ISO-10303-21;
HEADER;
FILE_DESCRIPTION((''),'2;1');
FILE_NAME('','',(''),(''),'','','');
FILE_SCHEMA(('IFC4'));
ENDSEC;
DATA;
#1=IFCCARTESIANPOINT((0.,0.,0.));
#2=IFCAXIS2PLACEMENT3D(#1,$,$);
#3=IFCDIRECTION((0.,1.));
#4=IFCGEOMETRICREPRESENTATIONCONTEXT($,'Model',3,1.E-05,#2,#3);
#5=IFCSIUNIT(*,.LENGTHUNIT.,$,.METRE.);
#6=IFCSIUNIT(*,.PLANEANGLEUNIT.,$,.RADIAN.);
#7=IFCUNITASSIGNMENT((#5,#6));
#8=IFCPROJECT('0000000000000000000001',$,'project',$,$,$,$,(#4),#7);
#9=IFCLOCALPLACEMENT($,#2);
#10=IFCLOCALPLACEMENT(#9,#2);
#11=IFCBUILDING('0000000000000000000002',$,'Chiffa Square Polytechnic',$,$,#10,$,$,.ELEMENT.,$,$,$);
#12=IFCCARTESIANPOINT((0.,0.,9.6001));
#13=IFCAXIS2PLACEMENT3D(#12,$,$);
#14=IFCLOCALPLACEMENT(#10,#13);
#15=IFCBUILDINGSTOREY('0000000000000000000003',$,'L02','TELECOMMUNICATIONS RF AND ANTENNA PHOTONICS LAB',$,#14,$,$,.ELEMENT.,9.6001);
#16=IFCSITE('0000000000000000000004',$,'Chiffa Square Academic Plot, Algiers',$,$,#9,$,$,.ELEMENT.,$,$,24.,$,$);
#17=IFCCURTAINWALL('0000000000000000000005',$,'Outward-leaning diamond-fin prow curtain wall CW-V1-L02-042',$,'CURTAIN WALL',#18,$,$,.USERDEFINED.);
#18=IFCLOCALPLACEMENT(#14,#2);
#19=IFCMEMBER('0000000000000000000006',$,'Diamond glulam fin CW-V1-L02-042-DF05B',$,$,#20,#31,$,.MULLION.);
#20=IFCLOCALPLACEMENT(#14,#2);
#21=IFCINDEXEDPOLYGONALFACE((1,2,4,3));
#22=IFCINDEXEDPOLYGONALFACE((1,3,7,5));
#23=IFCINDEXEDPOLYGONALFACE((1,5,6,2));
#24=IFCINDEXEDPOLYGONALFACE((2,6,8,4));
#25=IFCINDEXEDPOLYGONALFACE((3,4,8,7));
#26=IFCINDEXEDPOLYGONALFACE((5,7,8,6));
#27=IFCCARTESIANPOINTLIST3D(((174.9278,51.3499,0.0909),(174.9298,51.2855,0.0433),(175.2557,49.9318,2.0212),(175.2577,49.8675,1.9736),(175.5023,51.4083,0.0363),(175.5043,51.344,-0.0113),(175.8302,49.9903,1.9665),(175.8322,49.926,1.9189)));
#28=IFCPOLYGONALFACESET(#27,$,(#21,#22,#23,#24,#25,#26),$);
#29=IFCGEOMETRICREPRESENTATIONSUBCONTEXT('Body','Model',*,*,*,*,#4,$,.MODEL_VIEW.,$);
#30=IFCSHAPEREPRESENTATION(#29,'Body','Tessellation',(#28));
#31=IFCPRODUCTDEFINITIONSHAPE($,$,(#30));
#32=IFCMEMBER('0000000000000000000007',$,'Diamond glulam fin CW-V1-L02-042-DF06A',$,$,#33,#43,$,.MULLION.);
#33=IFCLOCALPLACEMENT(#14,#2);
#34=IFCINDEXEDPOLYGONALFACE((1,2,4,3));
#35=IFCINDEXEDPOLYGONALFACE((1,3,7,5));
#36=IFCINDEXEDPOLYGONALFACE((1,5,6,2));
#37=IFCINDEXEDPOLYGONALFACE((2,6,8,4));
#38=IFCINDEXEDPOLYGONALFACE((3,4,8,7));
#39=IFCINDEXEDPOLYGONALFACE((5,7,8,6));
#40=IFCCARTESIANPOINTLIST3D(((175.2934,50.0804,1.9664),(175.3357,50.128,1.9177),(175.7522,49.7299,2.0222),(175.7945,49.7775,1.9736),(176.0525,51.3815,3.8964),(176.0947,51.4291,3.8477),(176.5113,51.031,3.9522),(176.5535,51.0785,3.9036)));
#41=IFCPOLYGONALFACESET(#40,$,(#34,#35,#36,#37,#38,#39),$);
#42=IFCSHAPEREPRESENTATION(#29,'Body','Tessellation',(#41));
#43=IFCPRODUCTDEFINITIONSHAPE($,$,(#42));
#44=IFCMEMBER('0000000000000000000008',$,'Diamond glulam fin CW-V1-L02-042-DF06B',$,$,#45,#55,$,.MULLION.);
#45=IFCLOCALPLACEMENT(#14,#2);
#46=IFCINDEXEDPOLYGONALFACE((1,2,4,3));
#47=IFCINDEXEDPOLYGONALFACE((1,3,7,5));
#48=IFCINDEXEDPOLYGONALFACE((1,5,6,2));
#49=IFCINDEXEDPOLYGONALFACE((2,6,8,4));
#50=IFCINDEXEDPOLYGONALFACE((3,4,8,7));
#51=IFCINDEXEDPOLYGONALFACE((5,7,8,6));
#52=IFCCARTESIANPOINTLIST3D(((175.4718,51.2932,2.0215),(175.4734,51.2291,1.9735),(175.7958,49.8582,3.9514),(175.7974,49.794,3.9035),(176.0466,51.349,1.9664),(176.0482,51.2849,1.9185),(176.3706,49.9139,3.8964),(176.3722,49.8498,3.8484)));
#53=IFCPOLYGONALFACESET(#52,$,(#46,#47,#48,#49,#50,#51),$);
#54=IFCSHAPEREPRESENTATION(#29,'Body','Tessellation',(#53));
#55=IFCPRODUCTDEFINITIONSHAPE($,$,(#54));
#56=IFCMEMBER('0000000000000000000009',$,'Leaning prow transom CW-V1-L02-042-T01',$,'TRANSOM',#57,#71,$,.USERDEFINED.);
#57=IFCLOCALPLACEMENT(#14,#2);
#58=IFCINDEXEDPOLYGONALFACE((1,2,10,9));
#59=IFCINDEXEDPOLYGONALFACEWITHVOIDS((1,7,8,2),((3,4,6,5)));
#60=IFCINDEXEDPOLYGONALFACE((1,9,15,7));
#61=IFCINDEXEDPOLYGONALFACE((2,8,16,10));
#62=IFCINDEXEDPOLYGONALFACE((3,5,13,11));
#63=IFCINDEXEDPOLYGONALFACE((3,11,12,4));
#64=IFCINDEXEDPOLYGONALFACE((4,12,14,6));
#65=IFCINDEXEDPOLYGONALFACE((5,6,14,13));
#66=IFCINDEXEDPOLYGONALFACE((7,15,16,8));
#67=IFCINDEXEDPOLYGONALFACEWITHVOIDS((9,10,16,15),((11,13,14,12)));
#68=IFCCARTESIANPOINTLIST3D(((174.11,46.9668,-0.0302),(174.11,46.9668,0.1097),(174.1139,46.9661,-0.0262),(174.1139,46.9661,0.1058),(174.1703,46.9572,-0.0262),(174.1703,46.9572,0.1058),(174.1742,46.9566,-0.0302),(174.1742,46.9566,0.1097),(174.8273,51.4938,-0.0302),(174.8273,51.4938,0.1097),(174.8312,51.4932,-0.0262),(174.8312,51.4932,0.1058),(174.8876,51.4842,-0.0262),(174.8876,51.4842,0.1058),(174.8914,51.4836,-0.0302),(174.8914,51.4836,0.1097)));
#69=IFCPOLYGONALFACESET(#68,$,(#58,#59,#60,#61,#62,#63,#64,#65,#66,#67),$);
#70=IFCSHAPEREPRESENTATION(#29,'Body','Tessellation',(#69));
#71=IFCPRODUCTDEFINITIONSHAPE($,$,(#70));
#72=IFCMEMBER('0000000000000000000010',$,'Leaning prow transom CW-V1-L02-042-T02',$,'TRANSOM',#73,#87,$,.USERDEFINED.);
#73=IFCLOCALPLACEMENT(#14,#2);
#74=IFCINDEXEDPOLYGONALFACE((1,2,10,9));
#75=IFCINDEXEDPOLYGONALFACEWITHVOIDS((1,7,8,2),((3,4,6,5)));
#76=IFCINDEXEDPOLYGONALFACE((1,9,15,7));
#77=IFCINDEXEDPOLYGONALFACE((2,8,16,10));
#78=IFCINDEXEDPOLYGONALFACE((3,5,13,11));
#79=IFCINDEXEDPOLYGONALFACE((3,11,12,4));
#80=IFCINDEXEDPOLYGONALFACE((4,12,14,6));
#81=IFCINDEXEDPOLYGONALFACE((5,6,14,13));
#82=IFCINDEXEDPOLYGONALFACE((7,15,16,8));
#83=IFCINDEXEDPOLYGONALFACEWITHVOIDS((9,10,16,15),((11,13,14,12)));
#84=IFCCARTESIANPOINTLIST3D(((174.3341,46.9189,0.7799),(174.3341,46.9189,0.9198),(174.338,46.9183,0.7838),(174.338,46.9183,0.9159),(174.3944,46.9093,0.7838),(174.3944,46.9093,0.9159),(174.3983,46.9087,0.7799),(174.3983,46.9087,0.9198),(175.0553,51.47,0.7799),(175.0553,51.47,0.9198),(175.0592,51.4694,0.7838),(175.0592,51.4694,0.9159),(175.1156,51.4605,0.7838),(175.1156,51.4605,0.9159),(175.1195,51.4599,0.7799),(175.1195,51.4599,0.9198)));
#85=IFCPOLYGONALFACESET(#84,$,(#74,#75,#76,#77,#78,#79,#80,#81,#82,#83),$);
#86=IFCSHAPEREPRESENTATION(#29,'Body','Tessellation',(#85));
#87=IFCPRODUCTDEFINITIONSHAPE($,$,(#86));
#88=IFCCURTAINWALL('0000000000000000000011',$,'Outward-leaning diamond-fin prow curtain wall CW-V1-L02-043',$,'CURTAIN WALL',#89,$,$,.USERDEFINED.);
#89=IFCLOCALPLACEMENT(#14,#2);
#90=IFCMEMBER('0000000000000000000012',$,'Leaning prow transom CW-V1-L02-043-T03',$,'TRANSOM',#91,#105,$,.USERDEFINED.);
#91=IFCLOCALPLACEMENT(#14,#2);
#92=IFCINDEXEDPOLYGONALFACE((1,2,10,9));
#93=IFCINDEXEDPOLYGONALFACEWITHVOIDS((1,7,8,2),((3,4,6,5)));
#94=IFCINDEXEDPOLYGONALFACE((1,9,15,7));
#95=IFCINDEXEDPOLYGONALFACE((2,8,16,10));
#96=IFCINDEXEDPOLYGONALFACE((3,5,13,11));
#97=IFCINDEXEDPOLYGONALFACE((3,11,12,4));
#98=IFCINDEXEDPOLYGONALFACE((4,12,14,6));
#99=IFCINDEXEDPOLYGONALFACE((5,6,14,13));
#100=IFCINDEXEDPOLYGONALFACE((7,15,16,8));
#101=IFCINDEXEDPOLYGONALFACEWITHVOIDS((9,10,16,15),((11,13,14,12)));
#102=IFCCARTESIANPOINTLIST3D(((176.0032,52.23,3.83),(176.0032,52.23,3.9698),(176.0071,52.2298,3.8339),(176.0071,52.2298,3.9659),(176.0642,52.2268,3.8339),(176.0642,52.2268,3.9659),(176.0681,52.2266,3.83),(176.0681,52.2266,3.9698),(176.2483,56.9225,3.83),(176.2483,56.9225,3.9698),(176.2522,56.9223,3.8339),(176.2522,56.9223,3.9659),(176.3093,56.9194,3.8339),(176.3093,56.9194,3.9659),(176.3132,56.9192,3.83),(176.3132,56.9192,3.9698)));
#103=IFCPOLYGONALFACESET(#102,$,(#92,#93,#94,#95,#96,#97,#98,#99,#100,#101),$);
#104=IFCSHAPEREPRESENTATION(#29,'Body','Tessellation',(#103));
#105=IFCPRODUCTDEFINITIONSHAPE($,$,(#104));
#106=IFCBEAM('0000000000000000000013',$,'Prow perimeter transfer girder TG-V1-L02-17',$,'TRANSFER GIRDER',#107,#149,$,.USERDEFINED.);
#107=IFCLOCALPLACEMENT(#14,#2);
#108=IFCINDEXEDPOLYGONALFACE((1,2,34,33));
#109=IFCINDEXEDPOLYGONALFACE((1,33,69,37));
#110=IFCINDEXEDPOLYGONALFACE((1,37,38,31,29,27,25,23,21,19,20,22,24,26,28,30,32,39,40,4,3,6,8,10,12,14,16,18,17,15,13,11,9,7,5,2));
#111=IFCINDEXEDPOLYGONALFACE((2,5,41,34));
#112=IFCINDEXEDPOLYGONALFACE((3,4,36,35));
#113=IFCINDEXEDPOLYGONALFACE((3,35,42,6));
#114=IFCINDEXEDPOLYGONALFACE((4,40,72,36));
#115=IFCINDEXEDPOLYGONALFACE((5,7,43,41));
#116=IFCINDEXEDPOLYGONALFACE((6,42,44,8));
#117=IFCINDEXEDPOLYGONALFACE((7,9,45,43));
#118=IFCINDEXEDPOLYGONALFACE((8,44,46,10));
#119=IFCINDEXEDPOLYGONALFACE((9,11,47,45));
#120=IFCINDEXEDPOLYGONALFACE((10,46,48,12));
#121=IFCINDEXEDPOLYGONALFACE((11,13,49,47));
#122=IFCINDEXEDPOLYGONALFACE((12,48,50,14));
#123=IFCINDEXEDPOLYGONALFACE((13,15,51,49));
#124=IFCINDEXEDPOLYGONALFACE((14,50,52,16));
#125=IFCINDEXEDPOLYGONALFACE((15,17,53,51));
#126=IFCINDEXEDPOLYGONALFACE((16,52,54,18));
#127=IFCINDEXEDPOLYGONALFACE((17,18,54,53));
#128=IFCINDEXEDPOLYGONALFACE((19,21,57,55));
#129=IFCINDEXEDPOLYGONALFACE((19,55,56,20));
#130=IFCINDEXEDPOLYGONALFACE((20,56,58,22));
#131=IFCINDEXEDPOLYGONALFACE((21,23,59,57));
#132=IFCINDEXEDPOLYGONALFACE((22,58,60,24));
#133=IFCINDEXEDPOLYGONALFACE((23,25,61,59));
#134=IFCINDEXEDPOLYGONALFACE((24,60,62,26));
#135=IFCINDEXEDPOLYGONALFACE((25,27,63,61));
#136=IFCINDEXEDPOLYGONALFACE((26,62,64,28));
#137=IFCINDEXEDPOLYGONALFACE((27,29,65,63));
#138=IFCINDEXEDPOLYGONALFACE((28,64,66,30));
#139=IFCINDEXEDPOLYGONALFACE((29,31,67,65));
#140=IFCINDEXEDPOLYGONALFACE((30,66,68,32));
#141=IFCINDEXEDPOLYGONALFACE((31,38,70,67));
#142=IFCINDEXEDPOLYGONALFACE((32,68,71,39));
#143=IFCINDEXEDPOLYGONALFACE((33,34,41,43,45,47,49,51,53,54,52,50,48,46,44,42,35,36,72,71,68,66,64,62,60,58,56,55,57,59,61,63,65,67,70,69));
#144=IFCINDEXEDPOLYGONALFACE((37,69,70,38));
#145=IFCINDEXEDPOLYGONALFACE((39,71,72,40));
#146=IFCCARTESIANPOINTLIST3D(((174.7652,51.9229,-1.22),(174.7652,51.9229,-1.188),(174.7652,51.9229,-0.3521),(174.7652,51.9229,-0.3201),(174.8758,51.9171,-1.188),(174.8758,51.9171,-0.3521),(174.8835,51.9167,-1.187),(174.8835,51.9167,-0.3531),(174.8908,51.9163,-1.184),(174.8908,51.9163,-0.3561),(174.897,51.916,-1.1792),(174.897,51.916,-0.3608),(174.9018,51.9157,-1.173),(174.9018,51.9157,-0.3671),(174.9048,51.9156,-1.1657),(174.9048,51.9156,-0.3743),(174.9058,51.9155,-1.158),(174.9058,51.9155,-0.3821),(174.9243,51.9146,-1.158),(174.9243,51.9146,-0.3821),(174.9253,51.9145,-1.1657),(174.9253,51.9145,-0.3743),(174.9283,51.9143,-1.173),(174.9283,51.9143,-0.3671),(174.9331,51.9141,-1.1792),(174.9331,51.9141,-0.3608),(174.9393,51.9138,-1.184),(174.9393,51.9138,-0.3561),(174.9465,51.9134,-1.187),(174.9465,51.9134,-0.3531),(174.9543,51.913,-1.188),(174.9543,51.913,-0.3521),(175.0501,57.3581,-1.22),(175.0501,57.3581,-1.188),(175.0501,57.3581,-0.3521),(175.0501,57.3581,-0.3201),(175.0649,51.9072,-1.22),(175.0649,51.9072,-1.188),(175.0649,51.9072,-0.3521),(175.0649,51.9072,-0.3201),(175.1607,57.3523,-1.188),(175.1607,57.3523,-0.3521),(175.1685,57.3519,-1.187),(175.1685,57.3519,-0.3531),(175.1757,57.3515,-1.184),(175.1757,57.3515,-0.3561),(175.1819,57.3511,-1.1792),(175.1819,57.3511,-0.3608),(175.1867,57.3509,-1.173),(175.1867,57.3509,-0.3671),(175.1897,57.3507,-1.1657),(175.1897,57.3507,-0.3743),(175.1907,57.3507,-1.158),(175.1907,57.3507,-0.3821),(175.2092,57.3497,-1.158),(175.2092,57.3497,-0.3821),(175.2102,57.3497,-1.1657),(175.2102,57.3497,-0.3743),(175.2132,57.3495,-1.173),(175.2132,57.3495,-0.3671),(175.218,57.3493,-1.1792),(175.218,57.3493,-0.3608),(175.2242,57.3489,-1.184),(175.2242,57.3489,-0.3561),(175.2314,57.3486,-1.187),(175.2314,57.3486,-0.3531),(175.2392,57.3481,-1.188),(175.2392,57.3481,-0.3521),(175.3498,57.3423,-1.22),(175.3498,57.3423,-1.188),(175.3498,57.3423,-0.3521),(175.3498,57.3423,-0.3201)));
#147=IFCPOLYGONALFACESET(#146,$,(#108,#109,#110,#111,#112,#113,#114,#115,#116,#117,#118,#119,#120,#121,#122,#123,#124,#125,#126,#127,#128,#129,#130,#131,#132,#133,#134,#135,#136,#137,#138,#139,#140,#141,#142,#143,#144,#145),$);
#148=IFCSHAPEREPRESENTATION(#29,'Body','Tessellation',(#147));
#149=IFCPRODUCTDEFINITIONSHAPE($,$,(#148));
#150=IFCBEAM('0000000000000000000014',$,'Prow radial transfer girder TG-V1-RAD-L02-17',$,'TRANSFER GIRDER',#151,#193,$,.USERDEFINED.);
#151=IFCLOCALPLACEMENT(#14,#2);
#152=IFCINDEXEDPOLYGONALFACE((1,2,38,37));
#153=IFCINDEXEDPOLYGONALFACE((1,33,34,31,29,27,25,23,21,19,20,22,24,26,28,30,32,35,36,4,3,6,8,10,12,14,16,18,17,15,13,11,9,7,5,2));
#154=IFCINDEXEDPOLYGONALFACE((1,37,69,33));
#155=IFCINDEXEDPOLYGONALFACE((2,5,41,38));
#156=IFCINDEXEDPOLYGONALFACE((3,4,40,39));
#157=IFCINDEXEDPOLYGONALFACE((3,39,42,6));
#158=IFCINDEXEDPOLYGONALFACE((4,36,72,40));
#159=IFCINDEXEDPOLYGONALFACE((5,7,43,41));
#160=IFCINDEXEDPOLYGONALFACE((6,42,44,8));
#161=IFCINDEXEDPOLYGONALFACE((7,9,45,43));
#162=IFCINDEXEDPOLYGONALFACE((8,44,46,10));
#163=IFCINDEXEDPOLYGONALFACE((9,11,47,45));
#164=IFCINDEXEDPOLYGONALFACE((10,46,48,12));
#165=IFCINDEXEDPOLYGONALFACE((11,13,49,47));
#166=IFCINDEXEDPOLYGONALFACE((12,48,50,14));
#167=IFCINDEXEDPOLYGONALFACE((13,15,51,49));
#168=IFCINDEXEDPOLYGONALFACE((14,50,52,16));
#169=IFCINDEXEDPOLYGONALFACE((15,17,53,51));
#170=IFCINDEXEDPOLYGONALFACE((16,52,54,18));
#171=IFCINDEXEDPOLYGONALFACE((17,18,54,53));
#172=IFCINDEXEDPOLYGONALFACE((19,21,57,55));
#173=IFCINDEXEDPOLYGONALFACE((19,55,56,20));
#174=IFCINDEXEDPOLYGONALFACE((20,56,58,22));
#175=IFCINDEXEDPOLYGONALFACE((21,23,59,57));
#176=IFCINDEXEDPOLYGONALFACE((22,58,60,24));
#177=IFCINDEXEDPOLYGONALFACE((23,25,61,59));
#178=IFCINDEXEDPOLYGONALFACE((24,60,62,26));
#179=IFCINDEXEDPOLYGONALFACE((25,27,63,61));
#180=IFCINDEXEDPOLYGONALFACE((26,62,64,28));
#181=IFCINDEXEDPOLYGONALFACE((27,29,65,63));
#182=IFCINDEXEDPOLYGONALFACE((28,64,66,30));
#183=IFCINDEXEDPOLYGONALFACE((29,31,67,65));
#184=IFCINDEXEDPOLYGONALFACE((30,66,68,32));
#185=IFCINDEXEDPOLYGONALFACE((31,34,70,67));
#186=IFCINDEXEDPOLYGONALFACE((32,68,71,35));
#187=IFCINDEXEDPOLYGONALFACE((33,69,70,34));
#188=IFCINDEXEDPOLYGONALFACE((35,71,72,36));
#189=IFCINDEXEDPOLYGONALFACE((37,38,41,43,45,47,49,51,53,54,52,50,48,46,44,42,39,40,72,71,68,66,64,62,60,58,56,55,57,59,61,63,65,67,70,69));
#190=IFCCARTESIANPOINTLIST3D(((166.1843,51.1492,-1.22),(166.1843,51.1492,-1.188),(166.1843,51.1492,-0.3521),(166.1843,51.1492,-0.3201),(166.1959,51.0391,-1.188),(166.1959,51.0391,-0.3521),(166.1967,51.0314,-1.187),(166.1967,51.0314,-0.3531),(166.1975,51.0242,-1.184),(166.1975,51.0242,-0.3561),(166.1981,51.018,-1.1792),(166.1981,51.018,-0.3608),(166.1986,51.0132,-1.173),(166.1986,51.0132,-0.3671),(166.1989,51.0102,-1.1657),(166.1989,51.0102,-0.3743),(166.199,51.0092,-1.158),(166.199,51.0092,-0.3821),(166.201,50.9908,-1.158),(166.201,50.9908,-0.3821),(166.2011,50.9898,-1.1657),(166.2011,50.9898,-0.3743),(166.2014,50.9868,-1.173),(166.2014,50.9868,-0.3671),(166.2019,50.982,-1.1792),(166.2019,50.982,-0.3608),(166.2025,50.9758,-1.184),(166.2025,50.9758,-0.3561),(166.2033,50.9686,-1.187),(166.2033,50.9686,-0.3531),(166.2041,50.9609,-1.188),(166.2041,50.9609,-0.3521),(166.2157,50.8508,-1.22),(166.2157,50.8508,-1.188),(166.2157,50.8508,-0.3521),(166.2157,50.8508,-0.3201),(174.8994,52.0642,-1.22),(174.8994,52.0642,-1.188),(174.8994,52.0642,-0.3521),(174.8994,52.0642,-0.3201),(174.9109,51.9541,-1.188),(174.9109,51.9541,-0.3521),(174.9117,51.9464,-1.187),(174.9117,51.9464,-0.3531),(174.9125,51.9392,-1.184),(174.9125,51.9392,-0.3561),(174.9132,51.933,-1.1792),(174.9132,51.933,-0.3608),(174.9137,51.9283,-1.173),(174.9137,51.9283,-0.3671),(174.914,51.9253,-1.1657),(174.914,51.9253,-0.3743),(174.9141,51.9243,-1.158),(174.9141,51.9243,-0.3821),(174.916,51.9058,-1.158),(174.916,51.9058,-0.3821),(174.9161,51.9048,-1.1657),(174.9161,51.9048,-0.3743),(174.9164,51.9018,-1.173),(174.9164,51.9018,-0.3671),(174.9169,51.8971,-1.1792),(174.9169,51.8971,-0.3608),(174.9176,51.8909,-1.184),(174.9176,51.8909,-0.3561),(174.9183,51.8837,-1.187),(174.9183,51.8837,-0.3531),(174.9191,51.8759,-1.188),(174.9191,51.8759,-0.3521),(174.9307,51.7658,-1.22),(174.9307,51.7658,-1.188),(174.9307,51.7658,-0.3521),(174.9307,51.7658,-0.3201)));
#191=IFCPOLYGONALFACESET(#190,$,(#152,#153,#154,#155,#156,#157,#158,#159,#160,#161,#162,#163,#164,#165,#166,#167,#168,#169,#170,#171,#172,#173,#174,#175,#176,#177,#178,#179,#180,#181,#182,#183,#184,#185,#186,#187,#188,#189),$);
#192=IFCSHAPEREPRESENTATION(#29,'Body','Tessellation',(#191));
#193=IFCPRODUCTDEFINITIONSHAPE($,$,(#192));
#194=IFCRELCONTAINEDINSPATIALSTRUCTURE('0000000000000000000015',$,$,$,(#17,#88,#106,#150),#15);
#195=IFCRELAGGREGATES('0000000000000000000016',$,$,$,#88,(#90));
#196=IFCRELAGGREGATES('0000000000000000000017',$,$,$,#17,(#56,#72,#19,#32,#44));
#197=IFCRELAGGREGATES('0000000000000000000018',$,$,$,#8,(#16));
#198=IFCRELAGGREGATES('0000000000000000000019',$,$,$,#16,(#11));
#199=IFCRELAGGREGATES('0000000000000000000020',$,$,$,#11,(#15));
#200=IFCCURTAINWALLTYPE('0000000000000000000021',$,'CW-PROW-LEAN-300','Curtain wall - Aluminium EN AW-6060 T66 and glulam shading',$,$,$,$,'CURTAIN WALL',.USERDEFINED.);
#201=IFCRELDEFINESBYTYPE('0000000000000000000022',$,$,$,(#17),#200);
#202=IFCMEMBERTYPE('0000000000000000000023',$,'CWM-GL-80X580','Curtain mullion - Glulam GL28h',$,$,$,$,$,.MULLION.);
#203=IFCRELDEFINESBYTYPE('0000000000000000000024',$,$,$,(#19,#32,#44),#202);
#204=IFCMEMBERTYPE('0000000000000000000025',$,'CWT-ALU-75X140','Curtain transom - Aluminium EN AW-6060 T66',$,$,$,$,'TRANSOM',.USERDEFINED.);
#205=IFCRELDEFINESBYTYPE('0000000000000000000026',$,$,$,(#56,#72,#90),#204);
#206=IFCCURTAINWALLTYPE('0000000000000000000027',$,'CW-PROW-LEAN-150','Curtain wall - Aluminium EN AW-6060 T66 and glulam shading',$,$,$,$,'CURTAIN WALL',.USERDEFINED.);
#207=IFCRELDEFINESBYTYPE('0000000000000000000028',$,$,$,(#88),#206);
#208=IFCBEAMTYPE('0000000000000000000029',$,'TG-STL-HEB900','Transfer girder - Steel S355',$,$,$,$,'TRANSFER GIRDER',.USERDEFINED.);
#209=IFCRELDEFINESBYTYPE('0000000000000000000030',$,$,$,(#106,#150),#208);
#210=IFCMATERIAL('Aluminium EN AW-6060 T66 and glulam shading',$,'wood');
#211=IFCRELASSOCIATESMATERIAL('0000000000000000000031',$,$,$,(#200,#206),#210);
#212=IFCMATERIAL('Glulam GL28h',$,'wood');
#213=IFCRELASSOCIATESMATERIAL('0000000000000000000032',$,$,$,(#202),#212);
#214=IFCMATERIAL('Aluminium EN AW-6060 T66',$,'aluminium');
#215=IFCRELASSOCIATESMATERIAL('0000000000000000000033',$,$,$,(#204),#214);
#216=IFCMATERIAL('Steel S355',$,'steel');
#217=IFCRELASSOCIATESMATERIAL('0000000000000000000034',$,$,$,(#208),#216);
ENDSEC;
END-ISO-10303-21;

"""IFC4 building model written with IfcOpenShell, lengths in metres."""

from ifc_helpers import new_model, si_unit, direction, frame, origin, origin_2d, place, context, subcontext, project, spatial, rectangle, hollow_rectangle, i_section, extrude, material, material_profile, profile_set, type_object, element, aggregate, save


model = new_model("IFC4")

# Units and contexts
model_context = context("Model", 3, precision=1e-05, world=origin(), true_north=direction((0.0, 1.0)))
body_context = subcontext(model_context, "Body", "Model", "MODEL_VIEW")
ifc_project = project(units=[si_unit("LENGTHUNIT", "METRE"), si_unit("PLANEANGLEUNIT", "RADIAN")], contexts=[model_context])

# Site, building, storey
site_placement = place(None, origin())
site = spatial("IfcSite", under=ifc_project, at=site_placement, Name="Chiffa Square Academic Plot, Algiers", CompositionType="ELEMENT", RefElevation=24.0)
building_placement = place(site_placement, origin())
building = spatial("IfcBuilding", under=site, at=building_placement, Name="Chiffa Square Polytechnic", CompositionType="ELEMENT")
storey_placement = place(building_placement, frame((0.0, 0.0, 9.6001)))
storey = spatial("IfcBuildingStorey", under=building, at=storey_placement, Name="L02", Description="TELECOMMUNICATIONS RF AND ANTENNA PHOTONICS LAB", CompositionType="ELEMENT", Elevation=9.6001)

# Curtain wall, members
ifc_material_1 = material(Name="Aluminium EN AW-6060 T66 and glulam shading", Category="wood")
curtain_wall_type_1 = type_object("IfcCurtainWallType", Name="CW-PROW-LEAN-300", Description="Curtain wall - Aluminium EN AW-6060 T66 and glulam shading", ElementType="CURTAIN WALL", PredefinedType="USERDEFINED", material=ifc_material_1)
curtain_wall_1_placement = place(storey_placement, origin())
curtain_wall_1 = element("IfcCurtainWall", 1, at=curtain_wall_1_placement, inside=storey, type_object=curtain_wall_type_1, Name="Outward-leaning diamond-fin prow curtain wall CW-V1-L02-042", ObjectType="CURTAIN WALL", PredefinedType="USERDEFINED")
ifc_material_2 = material(Name="Aluminium EN AW-6060 T66", Category="aluminium")
ifc_material_3 = material(Name="Glulam GL28h", Category="wood")
ifc_material_profile_1 = material_profile(ifc_material_3, rectangle(XDim=0.0801, YDim=0.5801, at=origin_2d()), Name="GL28h 80x580")
ifc_profile_set_1 = profile_set([ifc_material_profile_1], Name="Glulam GL28h")
member_type_1 = type_object("IfcMemberType", Name="CWM-GL-80X580", Description="Curtain mullion - Glulam GL28h", PredefinedType="MULLION", material=ifc_profile_set_1)
member_1_placement = place(storey_placement, frame((175.2161, 51.3469, 0.0398), z_axis=(0.135635, -0.586573, 0.798458), x_axis=(-0.025256, 0.803597, 0.594638)))
member_1 = element("IfcMember", 2, at=member_1_placement, type_object=member_type_1, Name="Diamond glulam fin CW-V1-L02-042-DF05B", PredefinedType="MULLION", context=body_context, shape_type="SweptSolid", body=[
    extrude(rectangle(XDim=0.0801, YDim=0.5801, at=origin_2d()), origin(), (0.0, 0.0, 1.0), 2.4175),
])
member_2_placement = place(storey_placement, frame((175.5439, 49.929, 1.97), z_axis=(0.310044, 0.531432, 0.788323), x_axis=(-0.527482, -0.5937, 0.607687)))
member_2 = element("IfcMember", 3, at=member_2_placement, type_object=member_type_1, Name="Diamond glulam fin CW-V1-L02-042-DF06A", PredefinedType="MULLION", context=body_context, shape_type="SweptSolid", body=[
    extrude(rectangle(XDim=0.0801, YDim=0.5801, at=origin_2d()), origin(), (0.0, 0.0, 1.0), 2.4482),
])
member_3_placement = place(storey_placement, frame((175.76, 51.2891, 1.97), z_axis=(0.133503, -0.591356, 0.795283), x_axis=(-0.020383, 0.800658, 0.598775)))
member_3 = element("IfcMember", 4, at=member_3_placement, type_object=member_type_1, Name="Diamond glulam fin CW-V1-L02-042-DF06B", PredefinedType="MULLION", context=body_context, shape_type="SweptSolid", body=[
    extrude(rectangle(XDim=0.0801, YDim=0.5801, at=origin_2d()), origin(), (0.0, 0.0, 1.0), 2.4268),
])
ifc_material_profile_2 = material_profile(ifc_material_2, hollow_rectangle(XDim=0.0649, YDim=0.1399, WallThickness=0.0039, at=origin_2d()), Name="ALU 65x140x4")
ifc_profile_set_2 = profile_set([ifc_material_profile_2], Name="Aluminium EN AW-6060 T66")
member_type_2 = type_object("IfcMemberType", Name="CWT-ALU-75X140", Description="Curtain transom - Aluminium EN AW-6060 T66", ElementType="TRANSOM", PredefinedType="USERDEFINED", material=ifc_profile_set_2)
member_4_placement = place(storey_placement, frame((174.1421, 46.9617, 0.0398), z_axis=(0.15649, 0.987679, 0.0), x_axis=(-0.987679, 0.15649, 0.0)))
member_4 = element("IfcMember", 5, at=member_4_placement, type_object=member_type_2, Name="Leaning prow transom CW-V1-L02-042-T01", ObjectType="TRANSOM", PredefinedType="USERDEFINED", context=body_context, shape_type="SweptSolid", body=[
    extrude(hollow_rectangle(XDim=0.0649, YDim=0.1399, WallThickness=0.0039, at=origin_2d()), origin(), (0.0, 0.0, 1.0), 4.5835),
])
member_5_placement = place(storey_placement, frame((174.3662, 46.9138, 0.8499), z_axis=(0.156515, 0.987676, 0.0), x_axis=(-0.987676, 0.156515, 0.0)))
member_5 = element("IfcMember", 6, at=member_5_placement, type_object=member_type_2, Name="Leaning prow transom CW-V1-L02-042-T02", ObjectType="TRANSOM", PredefinedType="USERDEFINED", context=body_context, shape_type="SweptSolid", body=[
    extrude(hollow_rectangle(XDim=0.0649, YDim=0.1399, WallThickness=0.0039, at=origin_2d()), origin(), (0.0, 0.0, 1.0), 4.6079),
])

# Curtain wall, member
curtain_wall_type_2 = type_object("IfcCurtainWallType", Name="CW-PROW-LEAN-150", Description="Curtain wall - Aluminium EN AW-6060 T66 and glulam shading", ElementType="CURTAIN WALL", PredefinedType="USERDEFINED", material=ifc_material_1)
curtain_wall_2_placement = place(storey_placement, origin())
curtain_wall_2 = element("IfcCurtainWall", 7, at=curtain_wall_2_placement, inside=storey, type_object=curtain_wall_type_2, Name="Outward-leaning diamond-fin prow curtain wall CW-V1-L02-043", ObjectType="CURTAIN WALL", PredefinedType="USERDEFINED")
member_6_placement = place(storey_placement, frame((176.0356, 52.2283, 3.8999), z_axis=(0.052163, 0.998639, 0.0), x_axis=(-0.998639, 0.052163, 0.0)))
member_6 = element("IfcMember", 8, at=member_6_placement, type_object=member_type_2, Name="Leaning prow transom CW-V1-L02-043-T03", ObjectType="TRANSOM", PredefinedType="USERDEFINED", context=body_context, shape_type="SweptSolid", body=[
    extrude(hollow_rectangle(XDim=0.0649, YDim=0.1399, WallThickness=0.0039, at=origin_2d()), origin(), (0.0, 0.0, 1.0), 4.699),
])
aggregate(curtain_wall_2, [member_6])

# Beams
ifc_material_4 = material(Name="Steel S355", Category="steel")
ifc_material_profile_3 = material_profile(ifc_material_4, i_section(OverallWidth=0.3, OverallDepth=0.8999, WebThickness=0.0186, FlangeThickness=0.032, FilletRadius=0.03, at=origin_2d()), Name="HEB 900")
ifc_profile_set_3 = profile_set([ifc_material_profile_3], Name="Steel S355")
beam_type = type_object("IfcBeamType", Name="TG-STL-HEB900", Description="Transfer girder - Steel S355", ElementType="TRANSFER GIRDER", PredefinedType="USERDEFINED", material=ifc_profile_set_3)
beam_1_placement = place(storey_placement, frame((174.915, 51.915, -0.77), z_axis=(0.052349, 0.998629, 0.0), x_axis=(-0.998629, 0.052349, 0.0)))
element("IfcBeam", 9, at=beam_1_placement, inside=storey, type_object=beam_type, Name="Prow perimeter transfer girder TG-V1-L02-17", ObjectType="TRANSFER GIRDER", PredefinedType="USERDEFINED", context=body_context, shape_type="SweptSolid", body=[
    extrude(i_section(OverallWidth=0.3, OverallDepth=0.8999, WebThickness=0.0186, FlangeThickness=0.032, FilletRadius=0.03, at=origin_2d()), origin(), (0.0, 0.0, 1.0), 5.4426),
])
beam_2_placement = place(storey_placement, frame((174.915, 51.915, -0.77), z_axis=(-0.994533, -0.104421, 0.0), x_axis=(0.104421, -0.994533, 0.0)))
element("IfcBeam", 10, at=beam_2_placement, inside=storey, type_object=beam_type, Name="Prow radial transfer girder TG-V1-RAD-L02-17", ObjectType="TRANSFER GIRDER", PredefinedType="USERDEFINED", context=body_context, shape_type="SweptSolid", body=[
    extrude(i_section(OverallWidth=0.3, OverallDepth=0.8999, WebThickness=0.0186, FlangeThickness=0.032, FilletRadius=0.03, at=origin_2d()), origin(), (0.0, 0.0, 1.0), 8.7629),
])

aggregate(curtain_wall_1, [member_4, member_5, member_1, member_2, member_3])

save(model, "model.ifc")
